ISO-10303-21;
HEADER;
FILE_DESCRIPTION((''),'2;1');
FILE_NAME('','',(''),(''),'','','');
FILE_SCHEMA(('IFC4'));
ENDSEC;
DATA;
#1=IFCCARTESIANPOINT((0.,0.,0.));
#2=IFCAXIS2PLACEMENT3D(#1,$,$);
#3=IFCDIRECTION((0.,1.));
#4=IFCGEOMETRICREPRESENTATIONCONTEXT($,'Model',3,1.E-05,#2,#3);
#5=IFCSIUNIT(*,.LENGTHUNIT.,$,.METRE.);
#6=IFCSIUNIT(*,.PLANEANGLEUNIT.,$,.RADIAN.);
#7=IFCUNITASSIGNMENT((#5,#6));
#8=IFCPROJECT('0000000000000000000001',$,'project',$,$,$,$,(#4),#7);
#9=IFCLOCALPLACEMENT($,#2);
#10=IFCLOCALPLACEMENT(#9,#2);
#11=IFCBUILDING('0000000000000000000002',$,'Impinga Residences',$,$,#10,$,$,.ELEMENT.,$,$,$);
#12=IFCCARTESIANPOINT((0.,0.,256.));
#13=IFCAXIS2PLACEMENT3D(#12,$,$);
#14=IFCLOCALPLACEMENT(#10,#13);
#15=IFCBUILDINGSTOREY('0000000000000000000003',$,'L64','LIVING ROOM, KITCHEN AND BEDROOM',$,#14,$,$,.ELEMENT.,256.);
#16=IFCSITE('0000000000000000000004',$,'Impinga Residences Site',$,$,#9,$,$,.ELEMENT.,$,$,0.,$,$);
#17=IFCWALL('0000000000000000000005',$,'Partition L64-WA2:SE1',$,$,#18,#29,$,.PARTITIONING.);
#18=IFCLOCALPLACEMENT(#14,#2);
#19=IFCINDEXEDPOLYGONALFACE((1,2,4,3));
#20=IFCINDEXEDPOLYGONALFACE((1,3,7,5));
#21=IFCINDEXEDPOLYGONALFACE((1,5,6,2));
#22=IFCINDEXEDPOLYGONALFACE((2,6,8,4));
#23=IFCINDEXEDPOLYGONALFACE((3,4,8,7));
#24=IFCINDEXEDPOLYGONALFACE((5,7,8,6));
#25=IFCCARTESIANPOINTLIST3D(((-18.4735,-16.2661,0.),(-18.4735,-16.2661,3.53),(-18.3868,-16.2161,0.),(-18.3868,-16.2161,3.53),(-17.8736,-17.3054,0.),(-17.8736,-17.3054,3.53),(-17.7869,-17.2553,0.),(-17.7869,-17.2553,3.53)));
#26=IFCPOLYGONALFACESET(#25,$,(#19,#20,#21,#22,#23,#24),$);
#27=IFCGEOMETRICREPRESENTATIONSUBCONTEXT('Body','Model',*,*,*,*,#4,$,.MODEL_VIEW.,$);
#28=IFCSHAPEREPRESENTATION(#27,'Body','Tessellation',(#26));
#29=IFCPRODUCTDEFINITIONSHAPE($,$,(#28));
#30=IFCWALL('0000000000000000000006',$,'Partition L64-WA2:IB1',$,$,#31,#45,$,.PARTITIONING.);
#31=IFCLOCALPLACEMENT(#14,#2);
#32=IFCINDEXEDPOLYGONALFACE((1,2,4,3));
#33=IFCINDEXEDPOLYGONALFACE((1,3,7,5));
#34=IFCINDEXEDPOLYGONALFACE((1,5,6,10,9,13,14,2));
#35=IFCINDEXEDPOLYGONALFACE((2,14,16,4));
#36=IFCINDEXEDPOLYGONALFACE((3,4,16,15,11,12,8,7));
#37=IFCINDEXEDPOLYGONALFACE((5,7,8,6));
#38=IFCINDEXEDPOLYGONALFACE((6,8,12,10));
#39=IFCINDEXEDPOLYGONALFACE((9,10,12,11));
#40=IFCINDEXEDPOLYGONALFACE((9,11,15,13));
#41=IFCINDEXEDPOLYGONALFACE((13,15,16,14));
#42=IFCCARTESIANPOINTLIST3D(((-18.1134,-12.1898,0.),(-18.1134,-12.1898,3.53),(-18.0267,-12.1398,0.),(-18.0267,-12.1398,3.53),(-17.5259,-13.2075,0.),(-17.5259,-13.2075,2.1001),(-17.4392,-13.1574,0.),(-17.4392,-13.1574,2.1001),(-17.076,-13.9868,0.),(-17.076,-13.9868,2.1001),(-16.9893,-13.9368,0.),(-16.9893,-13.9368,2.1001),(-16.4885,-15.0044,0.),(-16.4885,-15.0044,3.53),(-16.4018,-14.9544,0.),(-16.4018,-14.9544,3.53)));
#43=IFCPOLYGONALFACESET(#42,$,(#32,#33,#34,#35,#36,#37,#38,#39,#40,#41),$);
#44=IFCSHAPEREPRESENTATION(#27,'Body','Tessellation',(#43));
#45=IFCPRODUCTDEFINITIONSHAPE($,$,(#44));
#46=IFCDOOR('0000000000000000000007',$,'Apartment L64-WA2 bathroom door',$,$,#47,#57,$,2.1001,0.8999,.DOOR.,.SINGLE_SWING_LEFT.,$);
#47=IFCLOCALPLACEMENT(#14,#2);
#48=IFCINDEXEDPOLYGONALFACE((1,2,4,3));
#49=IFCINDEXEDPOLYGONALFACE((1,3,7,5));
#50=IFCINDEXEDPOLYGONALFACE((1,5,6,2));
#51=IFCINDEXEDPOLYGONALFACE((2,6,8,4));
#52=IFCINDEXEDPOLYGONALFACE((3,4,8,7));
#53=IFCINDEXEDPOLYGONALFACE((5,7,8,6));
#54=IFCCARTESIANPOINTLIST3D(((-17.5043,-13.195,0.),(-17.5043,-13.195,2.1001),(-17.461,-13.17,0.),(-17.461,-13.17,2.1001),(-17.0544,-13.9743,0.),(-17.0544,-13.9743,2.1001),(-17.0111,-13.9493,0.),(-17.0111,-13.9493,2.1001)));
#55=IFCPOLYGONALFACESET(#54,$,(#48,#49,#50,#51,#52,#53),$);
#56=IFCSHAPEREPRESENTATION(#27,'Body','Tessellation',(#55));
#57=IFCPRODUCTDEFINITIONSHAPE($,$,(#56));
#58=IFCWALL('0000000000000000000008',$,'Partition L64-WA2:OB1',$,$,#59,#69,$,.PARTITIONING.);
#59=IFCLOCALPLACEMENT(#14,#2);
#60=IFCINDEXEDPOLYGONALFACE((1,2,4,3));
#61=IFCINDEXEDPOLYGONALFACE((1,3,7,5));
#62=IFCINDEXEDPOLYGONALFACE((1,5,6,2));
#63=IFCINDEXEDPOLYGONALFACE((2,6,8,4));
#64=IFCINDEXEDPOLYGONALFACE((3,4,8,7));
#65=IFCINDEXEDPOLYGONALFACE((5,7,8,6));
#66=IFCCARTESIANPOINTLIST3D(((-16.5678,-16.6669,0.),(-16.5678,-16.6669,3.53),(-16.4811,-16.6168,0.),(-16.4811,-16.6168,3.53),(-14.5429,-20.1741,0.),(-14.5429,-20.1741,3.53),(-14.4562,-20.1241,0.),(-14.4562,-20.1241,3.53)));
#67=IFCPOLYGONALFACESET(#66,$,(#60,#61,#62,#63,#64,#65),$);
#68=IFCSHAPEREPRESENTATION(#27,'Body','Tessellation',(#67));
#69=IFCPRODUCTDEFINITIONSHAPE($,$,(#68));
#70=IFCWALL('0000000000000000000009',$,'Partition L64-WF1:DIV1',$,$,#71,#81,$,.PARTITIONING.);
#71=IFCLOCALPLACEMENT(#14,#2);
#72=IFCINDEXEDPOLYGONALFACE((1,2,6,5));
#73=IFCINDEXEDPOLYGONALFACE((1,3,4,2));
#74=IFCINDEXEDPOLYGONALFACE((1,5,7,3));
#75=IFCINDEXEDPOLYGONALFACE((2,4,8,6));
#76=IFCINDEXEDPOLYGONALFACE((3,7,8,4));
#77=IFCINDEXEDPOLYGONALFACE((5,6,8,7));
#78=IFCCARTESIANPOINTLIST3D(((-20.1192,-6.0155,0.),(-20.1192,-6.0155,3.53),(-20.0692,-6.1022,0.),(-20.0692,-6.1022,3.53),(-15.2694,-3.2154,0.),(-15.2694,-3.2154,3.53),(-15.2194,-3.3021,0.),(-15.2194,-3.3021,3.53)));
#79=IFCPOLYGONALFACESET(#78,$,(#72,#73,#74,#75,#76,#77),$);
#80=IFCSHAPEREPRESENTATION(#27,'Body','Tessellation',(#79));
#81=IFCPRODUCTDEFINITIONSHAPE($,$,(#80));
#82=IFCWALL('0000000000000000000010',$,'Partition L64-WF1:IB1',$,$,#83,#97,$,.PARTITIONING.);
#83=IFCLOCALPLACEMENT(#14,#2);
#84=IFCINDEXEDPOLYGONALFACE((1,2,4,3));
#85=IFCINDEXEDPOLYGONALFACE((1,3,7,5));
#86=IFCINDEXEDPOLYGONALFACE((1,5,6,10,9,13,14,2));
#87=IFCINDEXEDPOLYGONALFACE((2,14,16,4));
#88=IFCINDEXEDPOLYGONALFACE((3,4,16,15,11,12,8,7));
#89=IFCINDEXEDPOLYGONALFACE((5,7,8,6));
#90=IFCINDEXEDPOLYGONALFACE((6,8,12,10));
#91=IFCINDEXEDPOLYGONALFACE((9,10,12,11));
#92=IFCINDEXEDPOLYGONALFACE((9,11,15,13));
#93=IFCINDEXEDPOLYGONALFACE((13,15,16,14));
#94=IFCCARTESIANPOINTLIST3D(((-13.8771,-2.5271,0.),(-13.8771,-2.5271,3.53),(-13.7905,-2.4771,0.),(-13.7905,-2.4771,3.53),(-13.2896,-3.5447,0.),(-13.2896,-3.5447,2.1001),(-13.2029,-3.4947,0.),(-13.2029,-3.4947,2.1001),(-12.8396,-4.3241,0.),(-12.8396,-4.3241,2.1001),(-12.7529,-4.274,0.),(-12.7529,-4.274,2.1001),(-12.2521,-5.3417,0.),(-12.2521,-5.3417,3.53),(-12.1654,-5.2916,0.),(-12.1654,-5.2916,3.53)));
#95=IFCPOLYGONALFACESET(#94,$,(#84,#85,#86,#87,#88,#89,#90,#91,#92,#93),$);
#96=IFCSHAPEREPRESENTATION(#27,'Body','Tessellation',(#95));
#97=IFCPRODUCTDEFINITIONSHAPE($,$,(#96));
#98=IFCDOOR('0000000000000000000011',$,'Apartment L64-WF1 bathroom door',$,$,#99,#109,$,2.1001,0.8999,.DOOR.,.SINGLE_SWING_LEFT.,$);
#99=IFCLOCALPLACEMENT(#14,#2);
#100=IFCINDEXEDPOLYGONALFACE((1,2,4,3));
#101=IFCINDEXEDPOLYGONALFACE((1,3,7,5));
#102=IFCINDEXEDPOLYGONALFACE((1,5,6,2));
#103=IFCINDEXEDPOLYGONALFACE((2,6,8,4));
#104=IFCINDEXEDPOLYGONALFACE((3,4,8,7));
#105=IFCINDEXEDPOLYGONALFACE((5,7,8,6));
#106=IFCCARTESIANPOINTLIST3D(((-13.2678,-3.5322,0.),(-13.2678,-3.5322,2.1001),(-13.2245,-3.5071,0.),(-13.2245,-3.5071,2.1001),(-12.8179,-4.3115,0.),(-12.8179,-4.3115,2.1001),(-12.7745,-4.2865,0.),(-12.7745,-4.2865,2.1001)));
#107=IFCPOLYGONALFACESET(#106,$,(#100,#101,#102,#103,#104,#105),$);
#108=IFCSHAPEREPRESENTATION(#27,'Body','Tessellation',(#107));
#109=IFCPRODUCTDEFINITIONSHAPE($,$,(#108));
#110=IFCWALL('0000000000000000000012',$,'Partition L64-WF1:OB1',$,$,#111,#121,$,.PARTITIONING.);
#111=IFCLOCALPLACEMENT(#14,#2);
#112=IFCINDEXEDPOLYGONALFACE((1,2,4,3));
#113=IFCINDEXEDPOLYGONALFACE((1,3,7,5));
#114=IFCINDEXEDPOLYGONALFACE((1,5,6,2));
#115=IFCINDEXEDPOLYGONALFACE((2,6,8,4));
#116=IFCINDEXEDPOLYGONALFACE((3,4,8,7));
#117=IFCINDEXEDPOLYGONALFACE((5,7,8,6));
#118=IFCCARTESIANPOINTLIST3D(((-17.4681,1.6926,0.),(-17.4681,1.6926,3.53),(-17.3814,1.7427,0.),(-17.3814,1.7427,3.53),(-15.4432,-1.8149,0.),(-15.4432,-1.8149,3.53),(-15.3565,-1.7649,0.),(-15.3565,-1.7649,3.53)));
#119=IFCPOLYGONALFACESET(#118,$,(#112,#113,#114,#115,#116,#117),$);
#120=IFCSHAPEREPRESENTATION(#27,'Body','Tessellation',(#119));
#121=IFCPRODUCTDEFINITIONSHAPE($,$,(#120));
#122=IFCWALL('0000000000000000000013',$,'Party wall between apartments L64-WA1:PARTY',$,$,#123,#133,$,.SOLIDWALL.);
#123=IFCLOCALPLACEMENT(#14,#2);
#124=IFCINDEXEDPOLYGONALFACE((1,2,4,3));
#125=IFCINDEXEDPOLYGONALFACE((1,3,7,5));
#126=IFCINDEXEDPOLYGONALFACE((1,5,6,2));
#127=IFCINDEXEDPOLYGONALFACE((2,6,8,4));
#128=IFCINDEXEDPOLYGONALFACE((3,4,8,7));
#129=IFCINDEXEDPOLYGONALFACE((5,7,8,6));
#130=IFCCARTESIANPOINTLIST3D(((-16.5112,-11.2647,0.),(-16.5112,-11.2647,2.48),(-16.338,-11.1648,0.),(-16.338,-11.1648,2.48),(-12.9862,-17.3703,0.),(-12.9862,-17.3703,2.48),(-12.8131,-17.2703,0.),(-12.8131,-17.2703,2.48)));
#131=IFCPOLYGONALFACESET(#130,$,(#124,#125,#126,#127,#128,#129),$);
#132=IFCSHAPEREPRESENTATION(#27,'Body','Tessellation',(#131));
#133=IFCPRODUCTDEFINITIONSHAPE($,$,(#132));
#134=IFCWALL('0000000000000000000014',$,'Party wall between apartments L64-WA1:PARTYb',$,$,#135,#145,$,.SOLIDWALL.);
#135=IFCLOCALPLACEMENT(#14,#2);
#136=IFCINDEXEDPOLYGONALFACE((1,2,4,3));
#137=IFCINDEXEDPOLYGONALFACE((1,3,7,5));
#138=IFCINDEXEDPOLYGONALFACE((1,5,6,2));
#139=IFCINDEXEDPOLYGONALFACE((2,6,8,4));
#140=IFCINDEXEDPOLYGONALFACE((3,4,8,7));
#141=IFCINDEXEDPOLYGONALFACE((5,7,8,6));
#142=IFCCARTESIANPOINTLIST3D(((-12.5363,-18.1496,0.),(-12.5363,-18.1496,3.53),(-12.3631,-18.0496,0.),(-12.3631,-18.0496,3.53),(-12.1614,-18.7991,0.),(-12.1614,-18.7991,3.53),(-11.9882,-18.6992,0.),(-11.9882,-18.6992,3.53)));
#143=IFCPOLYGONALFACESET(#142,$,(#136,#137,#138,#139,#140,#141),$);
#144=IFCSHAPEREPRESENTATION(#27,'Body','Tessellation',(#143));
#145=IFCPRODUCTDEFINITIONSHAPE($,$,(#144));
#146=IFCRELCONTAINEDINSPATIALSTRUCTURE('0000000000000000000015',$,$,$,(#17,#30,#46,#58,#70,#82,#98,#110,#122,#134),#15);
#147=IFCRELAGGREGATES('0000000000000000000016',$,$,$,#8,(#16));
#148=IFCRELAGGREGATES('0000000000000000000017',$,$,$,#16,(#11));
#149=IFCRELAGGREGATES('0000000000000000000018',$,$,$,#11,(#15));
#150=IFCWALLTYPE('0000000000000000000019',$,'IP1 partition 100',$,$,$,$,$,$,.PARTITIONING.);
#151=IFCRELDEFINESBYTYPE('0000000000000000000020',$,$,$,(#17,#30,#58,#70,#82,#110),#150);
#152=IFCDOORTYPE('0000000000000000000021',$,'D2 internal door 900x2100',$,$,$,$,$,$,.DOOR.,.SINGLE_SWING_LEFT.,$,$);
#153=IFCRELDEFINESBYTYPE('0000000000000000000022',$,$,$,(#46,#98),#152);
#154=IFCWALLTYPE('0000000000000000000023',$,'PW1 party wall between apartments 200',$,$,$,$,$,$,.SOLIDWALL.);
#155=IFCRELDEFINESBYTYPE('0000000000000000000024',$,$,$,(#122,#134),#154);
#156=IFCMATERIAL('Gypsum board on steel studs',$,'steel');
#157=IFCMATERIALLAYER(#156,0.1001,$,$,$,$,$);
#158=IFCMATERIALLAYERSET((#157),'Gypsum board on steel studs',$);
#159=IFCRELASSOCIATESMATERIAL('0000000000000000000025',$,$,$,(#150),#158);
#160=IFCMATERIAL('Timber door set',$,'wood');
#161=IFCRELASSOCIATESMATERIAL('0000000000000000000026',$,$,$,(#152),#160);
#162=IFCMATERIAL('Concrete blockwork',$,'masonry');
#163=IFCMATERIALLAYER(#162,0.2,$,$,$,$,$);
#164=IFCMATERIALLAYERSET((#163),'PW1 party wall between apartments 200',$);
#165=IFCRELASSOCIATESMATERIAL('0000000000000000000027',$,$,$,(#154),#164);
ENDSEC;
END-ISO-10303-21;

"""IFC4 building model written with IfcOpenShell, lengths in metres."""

from ifc_helpers import new_model, si_unit, direction, frame, frame_2d, origin, place, context, subcontext, project, spatial, rectangle, extrude, material, layer, layer_set, type_object, element, fill, save


model = new_model("IFC4")

# Units and contexts
model_context = context("Model", 3, precision=1e-05, world=origin(), true_north=direction((0.0, 1.0)))
body_context = subcontext(model_context, "Body", "Model", "MODEL_VIEW")
ifc_project = project(units=[si_unit("LENGTHUNIT", "METRE"), si_unit("PLANEANGLEUNIT", "RADIAN")], contexts=[model_context])

# Site, building, storey
site_placement = place(None, origin())
site = spatial("IfcSite", under=ifc_project, at=site_placement, Name="Impinga Residences Site", CompositionType="ELEMENT", RefElevation=0.0)
building_placement = place(site_placement, origin())
building = spatial("IfcBuilding", under=site, at=building_placement, Name="Impinga Residences", CompositionType="ELEMENT")
storey_placement = place(building_placement, frame((0.0, 0.0, 256.0)))
storey = spatial("IfcBuildingStorey", under=building, at=storey_placement, Name="L64", Description="LIVING ROOM, KITCHEN AND BEDROOM", CompositionType="ELEMENT", Elevation=256.0)

# Shared definitions
ifc_material_1 = material(Name="Gypsum board on steel studs", Category="steel")
ifc_layer_1 = layer(ifc_material_1, 0.1001)
ifc_layer_set_1 = layer_set([ifc_layer_1], Name="Gypsum board on steel studs")
wall_type_1 = type_object("IfcWallType", Name="IP1 partition 100", PredefinedType="PARTITIONING", material=ifc_layer_set_1)

# Shared definitions
ifc_material_2 = material(Name="Timber door set", Category="wood")
door_type = type_object("IfcDoorType", Name="D2 internal door 900x2100", OperationType="SINGLE_SWING_LEFT", PredefinedType="DOOR", material=ifc_material_2)

# Wall
wall_1_placement = place(storey_placement, frame((-18.4302, -16.241, 0.0), z_axis=(0.0, 0.0, 1.0), x_axis=(0.499881, -0.866094, 0.0)))
element("IfcWall", 1, at=wall_1_placement, inside=storey, type_object=wall_type_1, Name="Partition L64-WA2:SE1", PredefinedType="PARTITIONING", context=body_context, shape_type="SweptSolid", body=[
    extrude(rectangle(XDim=1.2, YDim=0.1001, at=frame_2d((0.6001, 0.0))), origin(), (0.0, 0.0, 1.0), 3.53),
])

# Wall, opening, door
wall_2_placement = place(storey_placement, frame((-18.0701, -12.1648, 0.0), z_axis=(0.0, 0.0, 1.0), x_axis=(0.499985, -0.866034, 0.0)))
wall_2 = element("IfcWall", 2, at=wall_2_placement, inside=storey, type_object=wall_type_1, Name="Partition L64-WA2:IB1", PredefinedType="PARTITIONING", context=body_context, shape_type="SweptSolid", body=[
    extrude(rectangle(XDim=3.25, YDim=0.1001, at=frame_2d((1.625, 0.0))), origin(), (0.0, 0.0, 1.0), 3.53),
])
opening_1_placement = place(wall_2_placement, frame((1.175, 0.0, 0.0)))
opening_1 = element("IfcOpeningElement", 3, at=opening_1_placement, cuts=wall_2, PredefinedType="OPENING", context=body_context, shape_type="SweptSolid", body=[
    extrude(rectangle(XDim=0.8999, YDim=2.1001, at=frame_2d((0.45, 1.05))), frame((0.0, 0.0601, 0.0), z_axis=(0.0, -1.0, 0.0), x_axis=(1.0, 0.0, 0.0)), (0.0, 0.0, 1.0), 0.1201),
])
door_1_placement = place(opening_1_placement, origin())
door_1 = element("IfcDoor", 4, at=door_1_placement, inside=storey, type_object=door_type, Name="Apartment L64-WA2 bathroom door", OperationType="SINGLE_SWING_LEFT", OverallHeight=2.1001, OverallWidth=0.8999, PredefinedType="DOOR", context=body_context, shape_type="SweptSolid", body=[
    extrude(rectangle(XDim=0.8999, YDim=2.1001, at=frame_2d((0.45, 1.05))), frame((0.0, 0.0249, 0.0), z_axis=(0.0, -1.0, 0.0), x_axis=(1.0, 0.0, 0.0)), (0.0, 0.0, 1.0), 0.05),
])
fill(opening_1, door_1)

# Walls
wall_3_placement = place(storey_placement, frame((-16.5244, -16.6418, 0.0), z_axis=(0.0, 0.0, 1.0), x_axis=(0.49999, -0.866031, 0.0)))
element("IfcWall", 5, at=wall_3_placement, inside=storey, type_object=wall_type_1, Name="Partition L64-WA2:OB1", PredefinedType="PARTITIONING", context=body_context, shape_type="SweptSolid", body=[
    extrude(rectangle(XDim=4.0498, YDim=0.1001, at=frame_2d((2.0249, 0.0))), origin(), (0.0, 0.0, 1.0), 3.53),
])
wall_4_placement = place(storey_placement, frame((-15.2444, -3.2588, 0.0), z_axis=(0.0, 0.0, 1.0), x_axis=(-0.866027, -0.499998, 0.0)))
element("IfcWall", 6, at=wall_4_placement, inside=storey, type_object=wall_type_1, Name="Partition L64-WF1:DIV1", PredefinedType="PARTITIONING", context=body_context, shape_type="SweptSolid", body=[
    extrude(rectangle(XDim=5.6001, YDim=0.1001, at=frame_2d((2.8, 0.0))), origin(), (0.0, 0.0, 1.0), 3.53),
])

# Wall, opening, door
wall_5_placement = place(storey_placement, frame((-12.2087, -5.3167, 0.0), z_axis=(0.0, 0.0, 1.0), x_axis=(-0.500017, 0.866015, 0.0)))
wall_5 = element("IfcWall", 7, at=wall_5_placement, inside=storey, type_object=wall_type_1, Name="Partition L64-WF1:IB1", PredefinedType="PARTITIONING", context=body_context, shape_type="SweptSolid", body=[
    extrude(rectangle(XDim=3.25, YDim=0.1001, at=frame_2d((1.625, 0.0))), origin(), (0.0, 0.0, 1.0), 3.53),
])
opening_2_placement = place(wall_5_placement, frame((1.175, 0.0, 0.0)))
opening_2 = element("IfcOpeningElement", 8, at=opening_2_placement, cuts=wall_5, PredefinedType="OPENING", context=body_context, shape_type="SweptSolid", body=[
    extrude(rectangle(XDim=0.8999, YDim=2.1001, at=frame_2d((0.45, 1.05))), frame((0.0, 0.0601, 0.0), z_axis=(0.0, -1.0, 0.0), x_axis=(1.0, 0.0, 0.0)), (0.0, 0.0, 1.0), 0.1201),
])
door_2_placement = place(opening_2_placement, origin())
door_2 = element("IfcDoor", 9, at=door_2_placement, inside=storey, type_object=door_type, Name="Apartment L64-WF1 bathroom door", OperationType="SINGLE_SWING_LEFT", OverallHeight=2.1001, OverallWidth=0.8999, PredefinedType="DOOR", context=body_context, shape_type="SweptSolid", body=[
    extrude(rectangle(XDim=0.8999, YDim=2.1001, at=frame_2d((0.45, 1.05))), frame((0.0, 0.0249, 0.0), z_axis=(0.0, -1.0, 0.0), x_axis=(1.0, 0.0, 0.0)), (0.0, 0.0, 1.0), 0.05),
])
fill(opening_2, door_2)

# Walls
wall_6_placement = place(storey_placement, frame((-15.3999, -1.7898, 0.0), z_axis=(0.0, 0.0, 1.0), x_axis=(-0.499964, 0.866046, 0.0)))
element("IfcWall", 10, at=wall_6_placement, inside=storey, type_object=wall_type_1, Name="Partition L64-WF1:OB1", PredefinedType="PARTITIONING", context=body_context, shape_type="SweptSolid", body=[
    extrude(rectangle(XDim=4.05, YDim=0.1001, at=frame_2d((2.0249, 0.0))), origin(), (0.0, 0.0, 1.0), 3.53),
])
ifc_material_3 = material(Name="Concrete blockwork", Category="masonry")
ifc_layer_2 = layer(ifc_material_3, 0.2)
ifc_layer_set_2 = layer_set([ifc_layer_2], Name="PW1 party wall between apartments 200")
wall_type_2 = type_object("IfcWallType", Name="PW1 party wall between apartments 200", PredefinedType="SOLIDWALL", material=ifc_layer_set_2)
wall_7_placement = place(storey_placement, frame((-16.4246, -11.2148, 0.0), z_axis=(0.0, 0.0, 1.0), x_axis=(0.49999, -0.866031, 0.0)))
element("IfcWall", 11, at=wall_7_placement, inside=storey, type_object=wall_type_2, Name="Party wall between apartments L64-WA1:PARTY", PredefinedType="SOLIDWALL", context=body_context, shape_type="SweptSolid", body=[
    extrude(rectangle(XDim=7.05, YDim=0.2, at=frame_2d((3.5249, 0.0))), origin(), (0.0, 0.0, 1.0), 2.48),
])
wall_8_placement = place(storey_placement, frame((-12.4497, -18.0996, 0.0), z_axis=(0.0, 0.0, 1.0), x_axis=(0.49992, -0.866072, 0.0)))
element("IfcWall", 12, at=wall_8_placement, inside=storey, type_object=wall_type_2, Name="Party wall between apartments L64-WA1:PARTYb", PredefinedType="SOLIDWALL", context=body_context, shape_type="SweptSolid", body=[
    extrude(rectangle(XDim=0.75, YDim=0.2, at=frame_2d((0.375, 0.0))), origin(), (0.0, 0.0, 1.0), 3.53),
])

save(model, "model.ifc")
